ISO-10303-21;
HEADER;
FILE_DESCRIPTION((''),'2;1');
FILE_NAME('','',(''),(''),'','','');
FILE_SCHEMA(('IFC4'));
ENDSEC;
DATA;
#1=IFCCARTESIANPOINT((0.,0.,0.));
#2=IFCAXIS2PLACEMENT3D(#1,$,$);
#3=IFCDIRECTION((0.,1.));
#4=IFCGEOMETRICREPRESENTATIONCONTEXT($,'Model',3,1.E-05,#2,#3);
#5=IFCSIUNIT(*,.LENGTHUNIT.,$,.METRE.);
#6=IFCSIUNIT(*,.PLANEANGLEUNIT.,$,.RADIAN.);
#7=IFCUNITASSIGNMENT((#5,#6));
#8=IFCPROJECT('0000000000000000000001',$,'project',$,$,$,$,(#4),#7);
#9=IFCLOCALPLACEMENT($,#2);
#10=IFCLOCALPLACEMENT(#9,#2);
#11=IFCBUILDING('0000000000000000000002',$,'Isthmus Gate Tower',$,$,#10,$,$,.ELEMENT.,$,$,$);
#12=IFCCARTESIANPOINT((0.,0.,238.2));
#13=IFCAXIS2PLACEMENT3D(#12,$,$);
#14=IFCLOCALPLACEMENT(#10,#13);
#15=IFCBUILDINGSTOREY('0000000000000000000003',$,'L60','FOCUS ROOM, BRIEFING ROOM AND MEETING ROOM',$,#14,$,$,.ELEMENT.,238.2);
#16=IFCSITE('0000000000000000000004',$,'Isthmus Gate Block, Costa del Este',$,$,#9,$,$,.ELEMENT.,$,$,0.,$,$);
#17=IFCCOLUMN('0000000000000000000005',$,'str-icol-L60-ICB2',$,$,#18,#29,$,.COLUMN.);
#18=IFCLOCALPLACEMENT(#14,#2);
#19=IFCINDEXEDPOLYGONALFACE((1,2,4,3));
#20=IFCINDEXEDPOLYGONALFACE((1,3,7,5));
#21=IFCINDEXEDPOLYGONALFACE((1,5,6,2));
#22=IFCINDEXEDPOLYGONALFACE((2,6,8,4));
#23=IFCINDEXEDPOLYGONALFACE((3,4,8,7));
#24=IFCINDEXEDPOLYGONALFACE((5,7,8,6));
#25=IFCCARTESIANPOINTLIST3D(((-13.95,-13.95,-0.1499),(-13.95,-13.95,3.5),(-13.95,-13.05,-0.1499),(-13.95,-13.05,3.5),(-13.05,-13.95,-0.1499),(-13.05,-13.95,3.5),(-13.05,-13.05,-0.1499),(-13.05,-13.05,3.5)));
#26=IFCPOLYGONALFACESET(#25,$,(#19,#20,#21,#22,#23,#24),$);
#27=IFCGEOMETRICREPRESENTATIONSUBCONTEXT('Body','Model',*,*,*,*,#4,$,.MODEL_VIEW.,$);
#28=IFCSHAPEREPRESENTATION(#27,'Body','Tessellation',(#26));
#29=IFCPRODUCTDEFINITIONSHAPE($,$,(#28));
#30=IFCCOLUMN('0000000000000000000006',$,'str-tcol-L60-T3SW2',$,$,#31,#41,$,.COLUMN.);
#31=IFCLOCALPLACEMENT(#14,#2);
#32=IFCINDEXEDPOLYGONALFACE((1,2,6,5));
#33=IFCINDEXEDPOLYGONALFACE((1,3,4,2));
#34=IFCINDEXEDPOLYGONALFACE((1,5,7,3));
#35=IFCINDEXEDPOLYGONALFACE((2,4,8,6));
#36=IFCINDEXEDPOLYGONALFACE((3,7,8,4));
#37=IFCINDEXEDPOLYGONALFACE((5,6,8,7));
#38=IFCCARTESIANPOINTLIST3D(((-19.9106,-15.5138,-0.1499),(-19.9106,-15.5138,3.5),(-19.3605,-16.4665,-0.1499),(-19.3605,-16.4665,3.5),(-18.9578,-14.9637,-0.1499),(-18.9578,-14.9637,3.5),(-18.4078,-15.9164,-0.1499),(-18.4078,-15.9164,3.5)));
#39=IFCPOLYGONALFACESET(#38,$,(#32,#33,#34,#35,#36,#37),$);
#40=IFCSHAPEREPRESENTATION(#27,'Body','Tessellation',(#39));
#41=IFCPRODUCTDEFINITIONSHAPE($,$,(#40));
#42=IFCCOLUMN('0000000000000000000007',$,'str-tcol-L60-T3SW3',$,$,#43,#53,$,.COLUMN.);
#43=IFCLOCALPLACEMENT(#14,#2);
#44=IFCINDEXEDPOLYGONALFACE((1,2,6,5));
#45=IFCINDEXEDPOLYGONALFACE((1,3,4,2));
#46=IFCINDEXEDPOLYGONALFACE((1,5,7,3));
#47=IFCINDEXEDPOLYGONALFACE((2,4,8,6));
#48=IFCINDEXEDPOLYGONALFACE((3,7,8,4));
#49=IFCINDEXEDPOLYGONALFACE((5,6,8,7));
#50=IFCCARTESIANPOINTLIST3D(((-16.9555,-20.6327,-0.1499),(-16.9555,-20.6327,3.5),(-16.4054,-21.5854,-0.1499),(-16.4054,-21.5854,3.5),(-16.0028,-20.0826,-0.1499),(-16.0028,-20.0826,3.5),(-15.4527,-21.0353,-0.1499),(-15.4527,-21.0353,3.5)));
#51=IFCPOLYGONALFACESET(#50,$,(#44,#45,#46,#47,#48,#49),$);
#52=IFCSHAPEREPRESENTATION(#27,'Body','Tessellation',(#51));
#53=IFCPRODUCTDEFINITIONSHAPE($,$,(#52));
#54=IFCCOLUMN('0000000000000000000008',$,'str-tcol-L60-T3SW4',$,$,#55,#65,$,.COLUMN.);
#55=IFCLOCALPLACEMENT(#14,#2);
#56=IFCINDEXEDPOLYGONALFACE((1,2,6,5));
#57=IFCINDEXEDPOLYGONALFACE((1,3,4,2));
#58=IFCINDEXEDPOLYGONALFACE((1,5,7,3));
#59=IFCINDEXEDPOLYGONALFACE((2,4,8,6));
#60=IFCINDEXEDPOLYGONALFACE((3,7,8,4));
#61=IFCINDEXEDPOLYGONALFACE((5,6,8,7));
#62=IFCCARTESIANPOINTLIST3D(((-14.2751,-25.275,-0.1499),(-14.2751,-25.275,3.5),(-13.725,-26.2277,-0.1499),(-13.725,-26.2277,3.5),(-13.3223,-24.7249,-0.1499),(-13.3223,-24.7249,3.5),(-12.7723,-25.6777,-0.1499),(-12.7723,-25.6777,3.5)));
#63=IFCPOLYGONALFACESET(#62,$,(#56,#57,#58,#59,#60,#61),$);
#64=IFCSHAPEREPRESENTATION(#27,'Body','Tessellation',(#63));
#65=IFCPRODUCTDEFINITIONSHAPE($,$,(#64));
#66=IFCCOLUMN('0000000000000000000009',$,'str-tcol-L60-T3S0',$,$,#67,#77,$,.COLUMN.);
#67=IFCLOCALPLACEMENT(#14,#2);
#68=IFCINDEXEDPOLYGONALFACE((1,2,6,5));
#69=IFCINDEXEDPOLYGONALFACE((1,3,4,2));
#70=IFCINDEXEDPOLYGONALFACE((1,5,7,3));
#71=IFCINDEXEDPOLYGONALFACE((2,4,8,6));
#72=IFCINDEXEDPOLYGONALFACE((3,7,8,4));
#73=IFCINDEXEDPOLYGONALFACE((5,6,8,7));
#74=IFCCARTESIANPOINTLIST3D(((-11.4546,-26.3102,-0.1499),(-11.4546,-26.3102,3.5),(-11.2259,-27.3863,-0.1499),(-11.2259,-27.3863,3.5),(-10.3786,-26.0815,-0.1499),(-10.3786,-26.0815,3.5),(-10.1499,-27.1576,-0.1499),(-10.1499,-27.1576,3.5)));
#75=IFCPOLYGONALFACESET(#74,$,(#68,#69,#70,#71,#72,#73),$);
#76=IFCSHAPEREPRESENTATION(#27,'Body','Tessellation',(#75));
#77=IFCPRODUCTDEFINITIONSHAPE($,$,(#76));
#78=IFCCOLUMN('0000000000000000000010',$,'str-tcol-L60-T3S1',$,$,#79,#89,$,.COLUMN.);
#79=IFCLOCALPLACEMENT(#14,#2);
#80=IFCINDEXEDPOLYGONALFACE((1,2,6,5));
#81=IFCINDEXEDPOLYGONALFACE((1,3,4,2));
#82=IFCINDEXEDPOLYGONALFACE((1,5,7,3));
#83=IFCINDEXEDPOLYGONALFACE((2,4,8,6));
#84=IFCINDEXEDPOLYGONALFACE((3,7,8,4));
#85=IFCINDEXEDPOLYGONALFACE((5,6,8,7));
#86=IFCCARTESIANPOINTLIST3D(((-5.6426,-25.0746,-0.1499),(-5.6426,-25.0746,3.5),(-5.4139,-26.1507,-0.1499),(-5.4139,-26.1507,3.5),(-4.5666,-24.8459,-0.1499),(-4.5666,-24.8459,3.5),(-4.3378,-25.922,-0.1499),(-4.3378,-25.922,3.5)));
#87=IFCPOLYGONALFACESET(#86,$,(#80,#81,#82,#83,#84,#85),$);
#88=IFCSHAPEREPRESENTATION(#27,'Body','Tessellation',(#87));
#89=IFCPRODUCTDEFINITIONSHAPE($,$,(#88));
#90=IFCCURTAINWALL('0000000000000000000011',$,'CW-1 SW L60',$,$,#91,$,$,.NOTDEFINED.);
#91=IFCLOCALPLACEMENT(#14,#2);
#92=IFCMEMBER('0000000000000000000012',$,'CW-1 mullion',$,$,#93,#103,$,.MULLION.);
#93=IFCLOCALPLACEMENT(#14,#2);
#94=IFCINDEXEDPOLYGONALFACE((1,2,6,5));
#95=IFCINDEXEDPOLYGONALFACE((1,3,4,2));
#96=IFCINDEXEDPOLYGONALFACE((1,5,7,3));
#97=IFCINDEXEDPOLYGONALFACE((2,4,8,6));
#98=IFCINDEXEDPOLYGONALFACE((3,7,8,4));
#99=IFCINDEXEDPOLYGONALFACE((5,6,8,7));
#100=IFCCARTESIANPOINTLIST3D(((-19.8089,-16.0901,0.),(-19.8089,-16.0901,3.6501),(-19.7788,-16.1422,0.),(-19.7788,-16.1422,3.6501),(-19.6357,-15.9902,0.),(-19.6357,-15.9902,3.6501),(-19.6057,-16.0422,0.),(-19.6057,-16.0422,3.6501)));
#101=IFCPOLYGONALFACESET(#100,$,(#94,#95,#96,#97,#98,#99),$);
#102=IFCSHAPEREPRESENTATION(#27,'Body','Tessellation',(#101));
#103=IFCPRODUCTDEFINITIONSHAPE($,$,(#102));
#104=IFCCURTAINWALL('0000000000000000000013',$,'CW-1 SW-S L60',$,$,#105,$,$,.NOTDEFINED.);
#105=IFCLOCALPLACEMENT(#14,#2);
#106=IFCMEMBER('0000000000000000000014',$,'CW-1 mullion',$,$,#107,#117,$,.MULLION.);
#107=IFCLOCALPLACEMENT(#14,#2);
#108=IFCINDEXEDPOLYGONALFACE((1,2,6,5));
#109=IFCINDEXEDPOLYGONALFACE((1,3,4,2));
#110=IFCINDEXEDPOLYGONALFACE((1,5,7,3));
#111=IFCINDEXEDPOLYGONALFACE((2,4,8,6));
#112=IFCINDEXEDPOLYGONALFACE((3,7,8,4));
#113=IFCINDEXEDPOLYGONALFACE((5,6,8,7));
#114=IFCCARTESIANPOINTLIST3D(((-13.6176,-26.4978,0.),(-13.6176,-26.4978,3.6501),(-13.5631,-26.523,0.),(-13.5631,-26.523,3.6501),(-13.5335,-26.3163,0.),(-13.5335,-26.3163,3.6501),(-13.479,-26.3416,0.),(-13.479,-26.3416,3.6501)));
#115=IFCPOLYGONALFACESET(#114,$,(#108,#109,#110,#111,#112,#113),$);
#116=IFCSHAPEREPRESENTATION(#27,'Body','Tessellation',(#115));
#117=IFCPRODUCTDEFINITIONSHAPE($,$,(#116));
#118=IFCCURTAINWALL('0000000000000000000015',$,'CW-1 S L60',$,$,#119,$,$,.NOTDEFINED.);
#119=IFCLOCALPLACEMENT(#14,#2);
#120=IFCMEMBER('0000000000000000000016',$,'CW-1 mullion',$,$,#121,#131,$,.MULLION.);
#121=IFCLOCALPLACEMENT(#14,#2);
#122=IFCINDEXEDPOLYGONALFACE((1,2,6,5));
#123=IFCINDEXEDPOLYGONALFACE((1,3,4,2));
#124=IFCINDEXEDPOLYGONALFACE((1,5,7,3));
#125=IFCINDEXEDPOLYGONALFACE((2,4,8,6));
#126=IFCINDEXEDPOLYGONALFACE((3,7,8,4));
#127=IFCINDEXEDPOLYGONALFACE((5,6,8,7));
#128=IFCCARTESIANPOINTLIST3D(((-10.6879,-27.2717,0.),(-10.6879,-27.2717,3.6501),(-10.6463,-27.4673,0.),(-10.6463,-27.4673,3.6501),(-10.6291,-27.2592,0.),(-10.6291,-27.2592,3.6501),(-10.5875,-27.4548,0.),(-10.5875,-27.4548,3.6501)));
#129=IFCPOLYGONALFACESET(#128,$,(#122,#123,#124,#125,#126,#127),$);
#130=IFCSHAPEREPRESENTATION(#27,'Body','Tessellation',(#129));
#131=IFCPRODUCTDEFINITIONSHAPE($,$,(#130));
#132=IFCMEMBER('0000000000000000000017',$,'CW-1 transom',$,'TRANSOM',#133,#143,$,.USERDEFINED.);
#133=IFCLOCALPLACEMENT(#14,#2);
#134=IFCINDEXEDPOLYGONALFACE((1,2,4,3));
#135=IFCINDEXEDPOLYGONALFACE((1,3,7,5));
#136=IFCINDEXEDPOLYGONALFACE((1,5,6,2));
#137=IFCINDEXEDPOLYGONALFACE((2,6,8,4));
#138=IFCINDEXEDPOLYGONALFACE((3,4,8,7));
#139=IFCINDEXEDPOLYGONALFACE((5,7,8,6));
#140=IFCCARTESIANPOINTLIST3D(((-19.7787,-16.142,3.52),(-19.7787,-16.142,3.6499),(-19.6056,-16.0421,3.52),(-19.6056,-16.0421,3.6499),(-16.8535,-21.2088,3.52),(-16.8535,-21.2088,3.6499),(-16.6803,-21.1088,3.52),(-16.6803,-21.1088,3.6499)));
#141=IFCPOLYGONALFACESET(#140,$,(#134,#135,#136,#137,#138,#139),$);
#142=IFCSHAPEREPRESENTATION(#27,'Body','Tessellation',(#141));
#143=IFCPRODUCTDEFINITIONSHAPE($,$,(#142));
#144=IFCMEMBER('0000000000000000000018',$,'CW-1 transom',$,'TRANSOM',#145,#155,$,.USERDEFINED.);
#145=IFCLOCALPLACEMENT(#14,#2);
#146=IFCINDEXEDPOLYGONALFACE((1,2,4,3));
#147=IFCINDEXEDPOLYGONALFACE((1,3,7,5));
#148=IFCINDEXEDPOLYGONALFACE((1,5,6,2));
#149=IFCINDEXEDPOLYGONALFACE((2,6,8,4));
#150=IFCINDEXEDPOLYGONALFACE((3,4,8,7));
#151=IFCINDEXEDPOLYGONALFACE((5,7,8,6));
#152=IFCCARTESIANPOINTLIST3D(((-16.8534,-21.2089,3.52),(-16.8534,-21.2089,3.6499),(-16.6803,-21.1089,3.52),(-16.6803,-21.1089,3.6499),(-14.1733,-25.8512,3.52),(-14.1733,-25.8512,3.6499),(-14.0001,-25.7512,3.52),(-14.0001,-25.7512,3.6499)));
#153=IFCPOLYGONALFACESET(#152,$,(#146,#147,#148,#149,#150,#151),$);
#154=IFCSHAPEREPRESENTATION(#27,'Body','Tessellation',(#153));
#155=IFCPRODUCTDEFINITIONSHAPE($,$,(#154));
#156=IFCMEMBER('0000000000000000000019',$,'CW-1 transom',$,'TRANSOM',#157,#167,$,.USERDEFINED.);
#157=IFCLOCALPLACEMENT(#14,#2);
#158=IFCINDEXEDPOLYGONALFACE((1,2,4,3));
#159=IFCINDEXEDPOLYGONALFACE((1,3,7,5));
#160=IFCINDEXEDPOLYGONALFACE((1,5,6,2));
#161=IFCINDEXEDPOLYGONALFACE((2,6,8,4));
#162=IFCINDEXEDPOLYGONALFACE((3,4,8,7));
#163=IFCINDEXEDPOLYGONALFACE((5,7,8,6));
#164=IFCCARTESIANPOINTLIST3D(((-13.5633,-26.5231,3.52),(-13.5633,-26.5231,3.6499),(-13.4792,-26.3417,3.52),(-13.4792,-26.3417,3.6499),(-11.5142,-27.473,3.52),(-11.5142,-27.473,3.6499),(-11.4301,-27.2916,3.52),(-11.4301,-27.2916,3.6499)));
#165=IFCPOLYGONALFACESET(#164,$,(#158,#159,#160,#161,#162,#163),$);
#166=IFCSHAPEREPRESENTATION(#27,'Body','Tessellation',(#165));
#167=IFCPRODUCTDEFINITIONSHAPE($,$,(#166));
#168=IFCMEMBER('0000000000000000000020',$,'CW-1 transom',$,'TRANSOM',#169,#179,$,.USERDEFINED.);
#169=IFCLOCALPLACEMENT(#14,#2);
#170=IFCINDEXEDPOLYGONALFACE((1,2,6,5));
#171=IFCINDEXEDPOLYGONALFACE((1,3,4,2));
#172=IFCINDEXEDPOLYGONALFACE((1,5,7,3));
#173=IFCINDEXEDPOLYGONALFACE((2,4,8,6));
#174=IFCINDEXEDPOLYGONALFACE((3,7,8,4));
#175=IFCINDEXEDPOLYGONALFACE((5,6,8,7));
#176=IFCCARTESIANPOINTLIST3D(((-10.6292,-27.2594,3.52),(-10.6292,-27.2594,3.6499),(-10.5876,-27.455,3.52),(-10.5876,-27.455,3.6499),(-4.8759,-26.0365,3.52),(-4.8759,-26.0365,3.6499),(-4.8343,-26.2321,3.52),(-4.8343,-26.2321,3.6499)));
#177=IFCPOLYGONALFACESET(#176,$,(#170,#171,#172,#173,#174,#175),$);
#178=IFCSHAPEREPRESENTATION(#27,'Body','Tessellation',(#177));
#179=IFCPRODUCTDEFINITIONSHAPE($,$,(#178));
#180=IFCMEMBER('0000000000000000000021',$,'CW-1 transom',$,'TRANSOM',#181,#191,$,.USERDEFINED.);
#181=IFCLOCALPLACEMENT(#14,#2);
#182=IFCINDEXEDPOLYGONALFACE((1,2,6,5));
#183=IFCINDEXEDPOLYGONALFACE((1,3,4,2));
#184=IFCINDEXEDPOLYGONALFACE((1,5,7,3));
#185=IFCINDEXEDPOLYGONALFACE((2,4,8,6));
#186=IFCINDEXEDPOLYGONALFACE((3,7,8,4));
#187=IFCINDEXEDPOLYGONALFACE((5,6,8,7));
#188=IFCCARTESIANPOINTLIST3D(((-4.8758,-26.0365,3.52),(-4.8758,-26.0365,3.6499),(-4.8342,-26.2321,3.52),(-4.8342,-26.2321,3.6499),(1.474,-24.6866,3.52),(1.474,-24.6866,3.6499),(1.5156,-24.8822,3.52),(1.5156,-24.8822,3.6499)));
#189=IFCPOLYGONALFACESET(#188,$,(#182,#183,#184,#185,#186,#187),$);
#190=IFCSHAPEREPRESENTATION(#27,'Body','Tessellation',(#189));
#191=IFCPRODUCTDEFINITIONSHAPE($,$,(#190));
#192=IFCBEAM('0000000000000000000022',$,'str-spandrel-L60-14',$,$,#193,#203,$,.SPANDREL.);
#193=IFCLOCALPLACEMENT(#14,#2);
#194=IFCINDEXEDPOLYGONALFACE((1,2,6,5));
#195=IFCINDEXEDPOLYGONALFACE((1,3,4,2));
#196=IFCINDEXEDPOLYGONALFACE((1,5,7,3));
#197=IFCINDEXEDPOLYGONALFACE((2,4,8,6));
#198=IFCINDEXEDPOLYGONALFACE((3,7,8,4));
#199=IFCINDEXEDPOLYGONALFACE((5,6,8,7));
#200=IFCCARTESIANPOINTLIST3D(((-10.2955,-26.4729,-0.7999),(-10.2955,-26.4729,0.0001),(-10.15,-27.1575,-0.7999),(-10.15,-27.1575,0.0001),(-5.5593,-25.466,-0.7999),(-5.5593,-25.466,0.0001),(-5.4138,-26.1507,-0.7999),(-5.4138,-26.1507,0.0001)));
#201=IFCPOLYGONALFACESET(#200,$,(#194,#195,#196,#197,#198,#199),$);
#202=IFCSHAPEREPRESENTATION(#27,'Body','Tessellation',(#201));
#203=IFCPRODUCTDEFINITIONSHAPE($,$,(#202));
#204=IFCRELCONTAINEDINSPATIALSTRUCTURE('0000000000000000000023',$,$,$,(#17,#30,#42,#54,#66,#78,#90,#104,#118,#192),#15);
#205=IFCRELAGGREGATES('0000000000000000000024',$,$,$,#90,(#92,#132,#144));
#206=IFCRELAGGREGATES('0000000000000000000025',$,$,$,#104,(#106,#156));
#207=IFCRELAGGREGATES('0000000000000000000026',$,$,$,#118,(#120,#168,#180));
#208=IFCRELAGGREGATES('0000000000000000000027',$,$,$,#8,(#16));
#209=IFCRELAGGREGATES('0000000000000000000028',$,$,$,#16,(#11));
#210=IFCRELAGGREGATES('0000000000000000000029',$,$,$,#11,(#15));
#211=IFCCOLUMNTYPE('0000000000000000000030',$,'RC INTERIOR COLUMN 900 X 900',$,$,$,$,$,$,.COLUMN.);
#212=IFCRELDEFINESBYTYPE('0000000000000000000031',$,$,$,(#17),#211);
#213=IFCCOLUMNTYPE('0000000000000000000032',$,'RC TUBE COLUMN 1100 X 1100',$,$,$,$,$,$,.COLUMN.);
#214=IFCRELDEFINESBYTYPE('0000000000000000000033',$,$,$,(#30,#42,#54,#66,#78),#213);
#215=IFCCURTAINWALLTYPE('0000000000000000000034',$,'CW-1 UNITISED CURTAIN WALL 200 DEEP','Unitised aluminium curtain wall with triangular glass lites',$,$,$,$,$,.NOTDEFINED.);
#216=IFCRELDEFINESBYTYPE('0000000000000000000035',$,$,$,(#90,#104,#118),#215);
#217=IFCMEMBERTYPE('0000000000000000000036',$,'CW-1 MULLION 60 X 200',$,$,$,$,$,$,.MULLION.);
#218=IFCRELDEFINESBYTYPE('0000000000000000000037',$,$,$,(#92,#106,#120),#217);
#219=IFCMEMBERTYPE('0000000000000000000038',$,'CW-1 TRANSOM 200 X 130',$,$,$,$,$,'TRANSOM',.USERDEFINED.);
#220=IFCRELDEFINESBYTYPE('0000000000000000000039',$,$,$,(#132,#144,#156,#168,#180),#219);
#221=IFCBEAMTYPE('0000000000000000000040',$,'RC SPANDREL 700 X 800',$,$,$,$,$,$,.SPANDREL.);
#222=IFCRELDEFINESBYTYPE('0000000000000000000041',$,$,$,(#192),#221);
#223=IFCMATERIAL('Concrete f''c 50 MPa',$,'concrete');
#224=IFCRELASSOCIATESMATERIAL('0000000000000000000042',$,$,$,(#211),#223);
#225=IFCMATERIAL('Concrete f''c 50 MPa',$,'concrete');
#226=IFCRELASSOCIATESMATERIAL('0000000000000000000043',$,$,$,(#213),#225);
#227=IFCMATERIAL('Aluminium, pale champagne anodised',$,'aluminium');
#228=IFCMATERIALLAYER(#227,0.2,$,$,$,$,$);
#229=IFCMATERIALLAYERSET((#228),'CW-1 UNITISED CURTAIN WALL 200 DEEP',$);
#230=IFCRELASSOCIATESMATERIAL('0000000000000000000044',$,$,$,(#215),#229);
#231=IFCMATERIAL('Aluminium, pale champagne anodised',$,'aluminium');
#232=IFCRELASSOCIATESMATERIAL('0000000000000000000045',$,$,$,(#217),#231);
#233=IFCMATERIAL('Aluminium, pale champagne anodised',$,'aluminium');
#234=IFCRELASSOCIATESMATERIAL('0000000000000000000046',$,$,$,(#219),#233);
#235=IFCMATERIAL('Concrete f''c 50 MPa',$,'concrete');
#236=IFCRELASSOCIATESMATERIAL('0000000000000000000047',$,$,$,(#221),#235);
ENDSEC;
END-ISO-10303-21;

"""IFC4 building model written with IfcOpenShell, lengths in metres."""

from ifc_helpers import new_model, si_unit, direction, frame, origin, origin_2d, place, context, subcontext, project, spatial, rectangle, extrude, material, layer, layer_set, material_profile, profile_set, type_object, element, aggregate, save


model = new_model("IFC4")

# Units and contexts
model_context = context("Model", 3, precision=1e-05, world=origin(), true_north=direction((0.0, 1.0)))
body_context = subcontext(model_context, "Body", "Model", "MODEL_VIEW")
ifc_project = project(units=[si_unit("LENGTHUNIT", "METRE"), si_unit("PLANEANGLEUNIT", "RADIAN")], contexts=[model_context])

# Site, building, storey
site_placement = place(None, origin())
site = spatial("IfcSite", under=ifc_project, at=site_placement, Name="Isthmus Gate Block, Costa del Este", CompositionType="ELEMENT", RefElevation=0.0)
building_placement = place(site_placement, origin())
building = spatial("IfcBuilding", under=site, at=building_placement, Name="Isthmus Gate Tower", CompositionType="ELEMENT")
storey_placement = place(building_placement, frame((0.0, 0.0, 238.2)))
storey = spatial("IfcBuildingStorey", under=building, at=storey_placement, Name="L60", Description="FOCUS ROOM, BRIEFING ROOM AND MEETING ROOM", CompositionType="ELEMENT", Elevation=238.2)

# Columns
ifc_material_1 = material(Name="Concrete f'c 50 MPa", Category="concrete")
ifc_material_profile_1 = material_profile(ifc_material_1, rectangle(XDim=0.8999, YDim=0.8999, at=origin_2d()), Name="RC 900X900")
ifc_profile_set_1 = profile_set([ifc_material_profile_1], Name="Concrete f'c 50 MPa")
column_type_1 = type_object("IfcColumnType", Name="RC INTERIOR COLUMN 900 X 900", PredefinedType="COLUMN", material=ifc_profile_set_1)
column_placement = place(storey_placement, frame((-13.5, -13.5, -0.1499), z_axis=(0.0, 0.0, 1.0), x_axis=(1.0, 0.0, 0.0)))
element("IfcColumn", 1, at=column_placement, inside=storey, type_object=column_type_1, Name="str-icol-L60-ICB2", PredefinedType="COLUMN", context=body_context, shape_type="SweptSolid", body=[
    extrude(rectangle(XDim=0.8999, YDim=0.8999, at=origin_2d()), origin(), (0.0, 0.0, 1.0), 3.6499),
])
ifc_material_2 = material(Name="Concrete f'c 50 MPa", Category="concrete")
ifc_material_profile_2 = material_profile(ifc_material_2, rectangle(XDim=1.1001, YDim=1.1001, at=origin_2d()), Name="RC 1100X1100")
ifc_profile_set_2 = profile_set([ifc_material_profile_2], Name="Concrete f'c 50 MPa")
column_type_2 = type_object("IfcColumnType", Name="RC TUBE COLUMN 1100 X 1100", PredefinedType="COLUMN", material=ifc_profile_set_2)
for number, where, z_axis, x_axis, name in (
    (2, (-19.1592, -15.7151, -0.1499), (0.0, 0.0, 1.0), (0.5, -0.866025, 0.0), "str-tcol-L60-T3SW2"),
    (3, (-16.2041, -20.834, -0.1499), (0.0, 0.0, 1.0), (0.5, -0.866025, 0.0), "str-tcol-L60-T3SW3"),
    (4, (-13.5237, -25.4763, -0.1499), (0.0, 0.0, 1.0), (0.5, -0.866025, 0.0), "str-tcol-L60-T3SW4"),
    (5, (-10.8022, -26.7339, -0.1499), (0.0, 0.0, 1.0), (0.978148, 0.207912, 0.0), "str-tcol-L60-T3S0"),
    (6, (-4.9902, -25.4983, -0.1499), (0.0, 0.0, 1.0), (0.978148, 0.207912, 0.0), "str-tcol-L60-T3S1"),
):
    element("IfcColumn", number, at=place(storey_placement, frame(where, z_axis=z_axis, x_axis=x_axis)), inside=storey, type_object=column_type_2, Name=name, PredefinedType="COLUMN", context=body_context, shape_type="SweptSolid", body=[
        extrude(rectangle(XDim=1.1001, YDim=1.1001, at=origin_2d()), origin(), (0.0, 0.0, 1.0), 3.6499),
    ])

# Curtain walls, members
ifc_material_3 = material(Name="Aluminium, pale champagne anodised", Category="aluminium")
ifc_layer_1 = layer(ifc_material_3, 0.2)
ifc_layer_set_1 = layer_set([ifc_layer_1], Name="CW-1 UNITISED CURTAIN WALL 200 DEEP")
curtain_wall_type = type_object("IfcCurtainWallType", Name="CW-1 UNITISED CURTAIN WALL 200 DEEP", Description="Unitised aluminium curtain wall with triangular glass lites", PredefinedType="NOTDEFINED", material=ifc_layer_set_1)
curtain_wall_1_placement = place(storey_placement, origin())
curtain_wall_1 = element("IfcCurtainWall", 7, at=curtain_wall_1_placement, inside=storey, type_object=curtain_wall_type, Name="CW-1 SW L60", PredefinedType="NOTDEFINED")
ifc_material_4 = material(Name="Aluminium, pale champagne anodised", Category="aluminium")
ifc_material_profile_3 = material_profile(ifc_material_4, rectangle(XDim=0.0601, YDim=0.2, at=origin_2d()), Name="60x200")
ifc_profile_set_3 = profile_set([ifc_material_profile_3], Name="Aluminium, pale champagne anodised")
member_type_1 = type_object("IfcMemberType", Name="CW-1 MULLION 60 X 200", PredefinedType="MULLION", material=ifc_profile_set_3)
member_1_placement = place(storey_placement, frame((-19.7073, -16.0662, 0.0), z_axis=(0.0, 0.0, 1.0), x_axis=(0.5, -0.866025, 0.0)))
member_1 = element("IfcMember", 8, at=member_1_placement, type_object=member_type_1, Name="CW-1 mullion", PredefinedType="MULLION", context=body_context, shape_type="SweptSolid", body=[
    extrude(rectangle(XDim=0.0601, YDim=0.2, at=origin_2d()), origin(), (0.0, 0.0, 1.0), 3.6501),
])
curtain_wall_2_placement = place(storey_placement, origin())
curtain_wall_2 = element("IfcCurtainWall", 9, at=curtain_wall_2_placement, inside=storey, type_object=curtain_wall_type, Name="CW-1 SW-S L60", PredefinedType="NOTDEFINED")
member_2_placement = place(storey_placement, frame((-13.5483, -26.4197, 0.0), z_axis=(0.0, 0.0, 1.0), x_axis=(0.907256, -0.420578, 0.0)))
member_2 = element("IfcMember", 10, at=member_2_placement, type_object=member_type_1, Name="CW-1 mullion", PredefinedType="MULLION", context=body_context, shape_type="SweptSolid", body=[
    extrude(rectangle(XDim=0.0601, YDim=0.2, at=origin_2d()), origin(), (0.0, 0.0, 1.0), 3.6501),
])
curtain_wall_3_placement = place(storey_placement, origin())
curtain_wall_3 = element("IfcCurtainWall", 11, at=curtain_wall_3_placement, inside=storey, type_object=curtain_wall_type, Name="CW-1 S L60", PredefinedType="NOTDEFINED")
member_3_placement = place(storey_placement, frame((-10.6377, -27.3633, 0.0), z_axis=(0.0, 0.0, 1.0), x_axis=(0.978148, 0.207912, 0.0)))
member_3 = element("IfcMember", 12, at=member_3_placement, type_object=member_type_1, Name="CW-1 mullion", PredefinedType="MULLION", context=body_context, shape_type="SweptSolid", body=[
    extrude(rectangle(XDim=0.0601, YDim=0.2, at=origin_2d()), origin(), (0.0, 0.0, 1.0), 3.6501),
])

# Members
ifc_material_5 = material(Name="Aluminium, pale champagne anodised", Category="aluminium")
ifc_material_profile_4 = material_profile(ifc_material_5, rectangle(XDim=0.2, YDim=0.1299, at=origin_2d()), Name="200x130")
ifc_profile_set_4 = profile_set([ifc_material_profile_4], Name="Aluminium, pale champagne anodised")
member_type_2 = type_object("IfcMemberType", Name="CW-1 TRANSOM 200 X 130", ElementType="TRANSOM", PredefinedType="USERDEFINED", material=ifc_profile_set_4)
member_4_placement = place(storey_placement, frame((-19.6921, -16.092, 3.585), z_axis=(0.49999, -0.866031, 0.0), x_axis=(0.866031, 0.49999, 0.0)))
member_4 = element("IfcMember", 13, at=member_4_placement, type_object=member_type_2, Name="CW-1 transom", ObjectType="TRANSOM", PredefinedType="USERDEFINED", context=body_context, shape_type="SweptSolid", body=[
    extrude(rectangle(XDim=0.2, YDim=0.1299, at=origin_2d()), origin(), (0.0, 0.0, 1.0), 5.8506),
])
member_5_placement = place(storey_placement, frame((-16.7668, -21.1589, 3.585), z_axis=(0.499989, -0.866032, 0.0), x_axis=(0.866032, 0.499989, 0.0)))
member_5 = element("IfcMember", 14, at=member_5_placement, type_object=member_type_2, Name="CW-1 transom", ObjectType="TRANSOM", PredefinedType="USERDEFINED", context=body_context, shape_type="SweptSolid", body=[
    extrude(rectangle(XDim=0.2, YDim=0.1299, at=origin_2d()), origin(), (0.0, 0.0, 1.0), 5.3604),
])
member_6_placement = place(storey_placement, frame((-13.5212, -26.4324, 3.585), z_axis=(0.907246, -0.4206, 0.0), x_axis=(0.4206, 0.907246, 0.0)))
member_6 = element("IfcMember", 15, at=member_6_placement, type_object=member_type_2, Name="CW-1 transom", ObjectType="TRANSOM", PredefinedType="USERDEFINED", context=body_context, shape_type="SweptSolid", body=[
    extrude(rectangle(XDim=0.2, YDim=0.1299, at=origin_2d()), origin(), (0.0, 0.0, 1.0), 2.2585),
])
member_7_placement = place(storey_placement, frame((-10.6084, -27.3572, 3.585), z_axis=(0.978149, 0.207907, 0.0), x_axis=(-0.207907, 0.978149, 0.0)))
member_7 = element("IfcMember", 16, at=member_7_placement, type_object=member_type_2, Name="CW-1 transom", ObjectType="TRANSOM", PredefinedType="USERDEFINED", context=body_context, shape_type="SweptSolid", body=[
    extrude(rectangle(XDim=0.2, YDim=0.1299, at=origin_2d()), origin(), (0.0, 0.0, 1.0), 5.8818),
])
member_8_placement = place(storey_placement, frame((-4.855, -26.1343, 3.585), z_axis=(0.978143, 0.207934, 0.0), x_axis=(-0.207934, 0.978143, 0.0)))
member_8 = element("IfcMember", 17, at=member_8_placement, type_object=member_type_2, Name="CW-1 transom", ObjectType="TRANSOM", PredefinedType="USERDEFINED", context=body_context, shape_type="SweptSolid", body=[
    extrude(rectangle(XDim=0.2, YDim=0.1299, at=origin_2d()), origin(), (0.0, 0.0, 1.0), 6.4917),
])

# Beam
ifc_material_6 = material(Name="Concrete f'c 50 MPa", Category="concrete")
ifc_material_profile_5 = material_profile(ifc_material_6, rectangle(XDim=0.7, YDim=0.8, at=origin_2d()), Name="RC 700X800")
ifc_profile_set_5 = profile_set([ifc_material_profile_5], Name="Concrete f'c 50 MPa")
beam_type_1 = type_object("IfcBeamType", Name="RC SPANDREL 700 X 800", PredefinedType="SPANDREL", material=ifc_profile_set_5)
beam_1_placement = place(storey_placement, frame((-5.4866, -25.8083, -0.3999), z_axis=(-0.978141, -0.207941, 0.0), x_axis=(0.207941, -0.978141, 0.0)))
element("IfcBeam", 18, at=beam_1_placement, inside=storey, type_object=beam_type_1, Name="str-spandrel-L60-14", PredefinedType="SPANDREL", context=body_context, shape_type="SweptSolid", body=[
    extrude(rectangle(XDim=0.7, YDim=0.8, at=origin_2d()), origin(), (0.0, 0.0, 1.0), 4.842),
])

aggregate(curtain_wall_1, [member_1, member_4, member_5])
aggregate(curtain_wall_2, [member_2, member_6])

aggregate(curtain_wall_3, [member_3, member_7, member_8])

save(model, "model.ifc")
